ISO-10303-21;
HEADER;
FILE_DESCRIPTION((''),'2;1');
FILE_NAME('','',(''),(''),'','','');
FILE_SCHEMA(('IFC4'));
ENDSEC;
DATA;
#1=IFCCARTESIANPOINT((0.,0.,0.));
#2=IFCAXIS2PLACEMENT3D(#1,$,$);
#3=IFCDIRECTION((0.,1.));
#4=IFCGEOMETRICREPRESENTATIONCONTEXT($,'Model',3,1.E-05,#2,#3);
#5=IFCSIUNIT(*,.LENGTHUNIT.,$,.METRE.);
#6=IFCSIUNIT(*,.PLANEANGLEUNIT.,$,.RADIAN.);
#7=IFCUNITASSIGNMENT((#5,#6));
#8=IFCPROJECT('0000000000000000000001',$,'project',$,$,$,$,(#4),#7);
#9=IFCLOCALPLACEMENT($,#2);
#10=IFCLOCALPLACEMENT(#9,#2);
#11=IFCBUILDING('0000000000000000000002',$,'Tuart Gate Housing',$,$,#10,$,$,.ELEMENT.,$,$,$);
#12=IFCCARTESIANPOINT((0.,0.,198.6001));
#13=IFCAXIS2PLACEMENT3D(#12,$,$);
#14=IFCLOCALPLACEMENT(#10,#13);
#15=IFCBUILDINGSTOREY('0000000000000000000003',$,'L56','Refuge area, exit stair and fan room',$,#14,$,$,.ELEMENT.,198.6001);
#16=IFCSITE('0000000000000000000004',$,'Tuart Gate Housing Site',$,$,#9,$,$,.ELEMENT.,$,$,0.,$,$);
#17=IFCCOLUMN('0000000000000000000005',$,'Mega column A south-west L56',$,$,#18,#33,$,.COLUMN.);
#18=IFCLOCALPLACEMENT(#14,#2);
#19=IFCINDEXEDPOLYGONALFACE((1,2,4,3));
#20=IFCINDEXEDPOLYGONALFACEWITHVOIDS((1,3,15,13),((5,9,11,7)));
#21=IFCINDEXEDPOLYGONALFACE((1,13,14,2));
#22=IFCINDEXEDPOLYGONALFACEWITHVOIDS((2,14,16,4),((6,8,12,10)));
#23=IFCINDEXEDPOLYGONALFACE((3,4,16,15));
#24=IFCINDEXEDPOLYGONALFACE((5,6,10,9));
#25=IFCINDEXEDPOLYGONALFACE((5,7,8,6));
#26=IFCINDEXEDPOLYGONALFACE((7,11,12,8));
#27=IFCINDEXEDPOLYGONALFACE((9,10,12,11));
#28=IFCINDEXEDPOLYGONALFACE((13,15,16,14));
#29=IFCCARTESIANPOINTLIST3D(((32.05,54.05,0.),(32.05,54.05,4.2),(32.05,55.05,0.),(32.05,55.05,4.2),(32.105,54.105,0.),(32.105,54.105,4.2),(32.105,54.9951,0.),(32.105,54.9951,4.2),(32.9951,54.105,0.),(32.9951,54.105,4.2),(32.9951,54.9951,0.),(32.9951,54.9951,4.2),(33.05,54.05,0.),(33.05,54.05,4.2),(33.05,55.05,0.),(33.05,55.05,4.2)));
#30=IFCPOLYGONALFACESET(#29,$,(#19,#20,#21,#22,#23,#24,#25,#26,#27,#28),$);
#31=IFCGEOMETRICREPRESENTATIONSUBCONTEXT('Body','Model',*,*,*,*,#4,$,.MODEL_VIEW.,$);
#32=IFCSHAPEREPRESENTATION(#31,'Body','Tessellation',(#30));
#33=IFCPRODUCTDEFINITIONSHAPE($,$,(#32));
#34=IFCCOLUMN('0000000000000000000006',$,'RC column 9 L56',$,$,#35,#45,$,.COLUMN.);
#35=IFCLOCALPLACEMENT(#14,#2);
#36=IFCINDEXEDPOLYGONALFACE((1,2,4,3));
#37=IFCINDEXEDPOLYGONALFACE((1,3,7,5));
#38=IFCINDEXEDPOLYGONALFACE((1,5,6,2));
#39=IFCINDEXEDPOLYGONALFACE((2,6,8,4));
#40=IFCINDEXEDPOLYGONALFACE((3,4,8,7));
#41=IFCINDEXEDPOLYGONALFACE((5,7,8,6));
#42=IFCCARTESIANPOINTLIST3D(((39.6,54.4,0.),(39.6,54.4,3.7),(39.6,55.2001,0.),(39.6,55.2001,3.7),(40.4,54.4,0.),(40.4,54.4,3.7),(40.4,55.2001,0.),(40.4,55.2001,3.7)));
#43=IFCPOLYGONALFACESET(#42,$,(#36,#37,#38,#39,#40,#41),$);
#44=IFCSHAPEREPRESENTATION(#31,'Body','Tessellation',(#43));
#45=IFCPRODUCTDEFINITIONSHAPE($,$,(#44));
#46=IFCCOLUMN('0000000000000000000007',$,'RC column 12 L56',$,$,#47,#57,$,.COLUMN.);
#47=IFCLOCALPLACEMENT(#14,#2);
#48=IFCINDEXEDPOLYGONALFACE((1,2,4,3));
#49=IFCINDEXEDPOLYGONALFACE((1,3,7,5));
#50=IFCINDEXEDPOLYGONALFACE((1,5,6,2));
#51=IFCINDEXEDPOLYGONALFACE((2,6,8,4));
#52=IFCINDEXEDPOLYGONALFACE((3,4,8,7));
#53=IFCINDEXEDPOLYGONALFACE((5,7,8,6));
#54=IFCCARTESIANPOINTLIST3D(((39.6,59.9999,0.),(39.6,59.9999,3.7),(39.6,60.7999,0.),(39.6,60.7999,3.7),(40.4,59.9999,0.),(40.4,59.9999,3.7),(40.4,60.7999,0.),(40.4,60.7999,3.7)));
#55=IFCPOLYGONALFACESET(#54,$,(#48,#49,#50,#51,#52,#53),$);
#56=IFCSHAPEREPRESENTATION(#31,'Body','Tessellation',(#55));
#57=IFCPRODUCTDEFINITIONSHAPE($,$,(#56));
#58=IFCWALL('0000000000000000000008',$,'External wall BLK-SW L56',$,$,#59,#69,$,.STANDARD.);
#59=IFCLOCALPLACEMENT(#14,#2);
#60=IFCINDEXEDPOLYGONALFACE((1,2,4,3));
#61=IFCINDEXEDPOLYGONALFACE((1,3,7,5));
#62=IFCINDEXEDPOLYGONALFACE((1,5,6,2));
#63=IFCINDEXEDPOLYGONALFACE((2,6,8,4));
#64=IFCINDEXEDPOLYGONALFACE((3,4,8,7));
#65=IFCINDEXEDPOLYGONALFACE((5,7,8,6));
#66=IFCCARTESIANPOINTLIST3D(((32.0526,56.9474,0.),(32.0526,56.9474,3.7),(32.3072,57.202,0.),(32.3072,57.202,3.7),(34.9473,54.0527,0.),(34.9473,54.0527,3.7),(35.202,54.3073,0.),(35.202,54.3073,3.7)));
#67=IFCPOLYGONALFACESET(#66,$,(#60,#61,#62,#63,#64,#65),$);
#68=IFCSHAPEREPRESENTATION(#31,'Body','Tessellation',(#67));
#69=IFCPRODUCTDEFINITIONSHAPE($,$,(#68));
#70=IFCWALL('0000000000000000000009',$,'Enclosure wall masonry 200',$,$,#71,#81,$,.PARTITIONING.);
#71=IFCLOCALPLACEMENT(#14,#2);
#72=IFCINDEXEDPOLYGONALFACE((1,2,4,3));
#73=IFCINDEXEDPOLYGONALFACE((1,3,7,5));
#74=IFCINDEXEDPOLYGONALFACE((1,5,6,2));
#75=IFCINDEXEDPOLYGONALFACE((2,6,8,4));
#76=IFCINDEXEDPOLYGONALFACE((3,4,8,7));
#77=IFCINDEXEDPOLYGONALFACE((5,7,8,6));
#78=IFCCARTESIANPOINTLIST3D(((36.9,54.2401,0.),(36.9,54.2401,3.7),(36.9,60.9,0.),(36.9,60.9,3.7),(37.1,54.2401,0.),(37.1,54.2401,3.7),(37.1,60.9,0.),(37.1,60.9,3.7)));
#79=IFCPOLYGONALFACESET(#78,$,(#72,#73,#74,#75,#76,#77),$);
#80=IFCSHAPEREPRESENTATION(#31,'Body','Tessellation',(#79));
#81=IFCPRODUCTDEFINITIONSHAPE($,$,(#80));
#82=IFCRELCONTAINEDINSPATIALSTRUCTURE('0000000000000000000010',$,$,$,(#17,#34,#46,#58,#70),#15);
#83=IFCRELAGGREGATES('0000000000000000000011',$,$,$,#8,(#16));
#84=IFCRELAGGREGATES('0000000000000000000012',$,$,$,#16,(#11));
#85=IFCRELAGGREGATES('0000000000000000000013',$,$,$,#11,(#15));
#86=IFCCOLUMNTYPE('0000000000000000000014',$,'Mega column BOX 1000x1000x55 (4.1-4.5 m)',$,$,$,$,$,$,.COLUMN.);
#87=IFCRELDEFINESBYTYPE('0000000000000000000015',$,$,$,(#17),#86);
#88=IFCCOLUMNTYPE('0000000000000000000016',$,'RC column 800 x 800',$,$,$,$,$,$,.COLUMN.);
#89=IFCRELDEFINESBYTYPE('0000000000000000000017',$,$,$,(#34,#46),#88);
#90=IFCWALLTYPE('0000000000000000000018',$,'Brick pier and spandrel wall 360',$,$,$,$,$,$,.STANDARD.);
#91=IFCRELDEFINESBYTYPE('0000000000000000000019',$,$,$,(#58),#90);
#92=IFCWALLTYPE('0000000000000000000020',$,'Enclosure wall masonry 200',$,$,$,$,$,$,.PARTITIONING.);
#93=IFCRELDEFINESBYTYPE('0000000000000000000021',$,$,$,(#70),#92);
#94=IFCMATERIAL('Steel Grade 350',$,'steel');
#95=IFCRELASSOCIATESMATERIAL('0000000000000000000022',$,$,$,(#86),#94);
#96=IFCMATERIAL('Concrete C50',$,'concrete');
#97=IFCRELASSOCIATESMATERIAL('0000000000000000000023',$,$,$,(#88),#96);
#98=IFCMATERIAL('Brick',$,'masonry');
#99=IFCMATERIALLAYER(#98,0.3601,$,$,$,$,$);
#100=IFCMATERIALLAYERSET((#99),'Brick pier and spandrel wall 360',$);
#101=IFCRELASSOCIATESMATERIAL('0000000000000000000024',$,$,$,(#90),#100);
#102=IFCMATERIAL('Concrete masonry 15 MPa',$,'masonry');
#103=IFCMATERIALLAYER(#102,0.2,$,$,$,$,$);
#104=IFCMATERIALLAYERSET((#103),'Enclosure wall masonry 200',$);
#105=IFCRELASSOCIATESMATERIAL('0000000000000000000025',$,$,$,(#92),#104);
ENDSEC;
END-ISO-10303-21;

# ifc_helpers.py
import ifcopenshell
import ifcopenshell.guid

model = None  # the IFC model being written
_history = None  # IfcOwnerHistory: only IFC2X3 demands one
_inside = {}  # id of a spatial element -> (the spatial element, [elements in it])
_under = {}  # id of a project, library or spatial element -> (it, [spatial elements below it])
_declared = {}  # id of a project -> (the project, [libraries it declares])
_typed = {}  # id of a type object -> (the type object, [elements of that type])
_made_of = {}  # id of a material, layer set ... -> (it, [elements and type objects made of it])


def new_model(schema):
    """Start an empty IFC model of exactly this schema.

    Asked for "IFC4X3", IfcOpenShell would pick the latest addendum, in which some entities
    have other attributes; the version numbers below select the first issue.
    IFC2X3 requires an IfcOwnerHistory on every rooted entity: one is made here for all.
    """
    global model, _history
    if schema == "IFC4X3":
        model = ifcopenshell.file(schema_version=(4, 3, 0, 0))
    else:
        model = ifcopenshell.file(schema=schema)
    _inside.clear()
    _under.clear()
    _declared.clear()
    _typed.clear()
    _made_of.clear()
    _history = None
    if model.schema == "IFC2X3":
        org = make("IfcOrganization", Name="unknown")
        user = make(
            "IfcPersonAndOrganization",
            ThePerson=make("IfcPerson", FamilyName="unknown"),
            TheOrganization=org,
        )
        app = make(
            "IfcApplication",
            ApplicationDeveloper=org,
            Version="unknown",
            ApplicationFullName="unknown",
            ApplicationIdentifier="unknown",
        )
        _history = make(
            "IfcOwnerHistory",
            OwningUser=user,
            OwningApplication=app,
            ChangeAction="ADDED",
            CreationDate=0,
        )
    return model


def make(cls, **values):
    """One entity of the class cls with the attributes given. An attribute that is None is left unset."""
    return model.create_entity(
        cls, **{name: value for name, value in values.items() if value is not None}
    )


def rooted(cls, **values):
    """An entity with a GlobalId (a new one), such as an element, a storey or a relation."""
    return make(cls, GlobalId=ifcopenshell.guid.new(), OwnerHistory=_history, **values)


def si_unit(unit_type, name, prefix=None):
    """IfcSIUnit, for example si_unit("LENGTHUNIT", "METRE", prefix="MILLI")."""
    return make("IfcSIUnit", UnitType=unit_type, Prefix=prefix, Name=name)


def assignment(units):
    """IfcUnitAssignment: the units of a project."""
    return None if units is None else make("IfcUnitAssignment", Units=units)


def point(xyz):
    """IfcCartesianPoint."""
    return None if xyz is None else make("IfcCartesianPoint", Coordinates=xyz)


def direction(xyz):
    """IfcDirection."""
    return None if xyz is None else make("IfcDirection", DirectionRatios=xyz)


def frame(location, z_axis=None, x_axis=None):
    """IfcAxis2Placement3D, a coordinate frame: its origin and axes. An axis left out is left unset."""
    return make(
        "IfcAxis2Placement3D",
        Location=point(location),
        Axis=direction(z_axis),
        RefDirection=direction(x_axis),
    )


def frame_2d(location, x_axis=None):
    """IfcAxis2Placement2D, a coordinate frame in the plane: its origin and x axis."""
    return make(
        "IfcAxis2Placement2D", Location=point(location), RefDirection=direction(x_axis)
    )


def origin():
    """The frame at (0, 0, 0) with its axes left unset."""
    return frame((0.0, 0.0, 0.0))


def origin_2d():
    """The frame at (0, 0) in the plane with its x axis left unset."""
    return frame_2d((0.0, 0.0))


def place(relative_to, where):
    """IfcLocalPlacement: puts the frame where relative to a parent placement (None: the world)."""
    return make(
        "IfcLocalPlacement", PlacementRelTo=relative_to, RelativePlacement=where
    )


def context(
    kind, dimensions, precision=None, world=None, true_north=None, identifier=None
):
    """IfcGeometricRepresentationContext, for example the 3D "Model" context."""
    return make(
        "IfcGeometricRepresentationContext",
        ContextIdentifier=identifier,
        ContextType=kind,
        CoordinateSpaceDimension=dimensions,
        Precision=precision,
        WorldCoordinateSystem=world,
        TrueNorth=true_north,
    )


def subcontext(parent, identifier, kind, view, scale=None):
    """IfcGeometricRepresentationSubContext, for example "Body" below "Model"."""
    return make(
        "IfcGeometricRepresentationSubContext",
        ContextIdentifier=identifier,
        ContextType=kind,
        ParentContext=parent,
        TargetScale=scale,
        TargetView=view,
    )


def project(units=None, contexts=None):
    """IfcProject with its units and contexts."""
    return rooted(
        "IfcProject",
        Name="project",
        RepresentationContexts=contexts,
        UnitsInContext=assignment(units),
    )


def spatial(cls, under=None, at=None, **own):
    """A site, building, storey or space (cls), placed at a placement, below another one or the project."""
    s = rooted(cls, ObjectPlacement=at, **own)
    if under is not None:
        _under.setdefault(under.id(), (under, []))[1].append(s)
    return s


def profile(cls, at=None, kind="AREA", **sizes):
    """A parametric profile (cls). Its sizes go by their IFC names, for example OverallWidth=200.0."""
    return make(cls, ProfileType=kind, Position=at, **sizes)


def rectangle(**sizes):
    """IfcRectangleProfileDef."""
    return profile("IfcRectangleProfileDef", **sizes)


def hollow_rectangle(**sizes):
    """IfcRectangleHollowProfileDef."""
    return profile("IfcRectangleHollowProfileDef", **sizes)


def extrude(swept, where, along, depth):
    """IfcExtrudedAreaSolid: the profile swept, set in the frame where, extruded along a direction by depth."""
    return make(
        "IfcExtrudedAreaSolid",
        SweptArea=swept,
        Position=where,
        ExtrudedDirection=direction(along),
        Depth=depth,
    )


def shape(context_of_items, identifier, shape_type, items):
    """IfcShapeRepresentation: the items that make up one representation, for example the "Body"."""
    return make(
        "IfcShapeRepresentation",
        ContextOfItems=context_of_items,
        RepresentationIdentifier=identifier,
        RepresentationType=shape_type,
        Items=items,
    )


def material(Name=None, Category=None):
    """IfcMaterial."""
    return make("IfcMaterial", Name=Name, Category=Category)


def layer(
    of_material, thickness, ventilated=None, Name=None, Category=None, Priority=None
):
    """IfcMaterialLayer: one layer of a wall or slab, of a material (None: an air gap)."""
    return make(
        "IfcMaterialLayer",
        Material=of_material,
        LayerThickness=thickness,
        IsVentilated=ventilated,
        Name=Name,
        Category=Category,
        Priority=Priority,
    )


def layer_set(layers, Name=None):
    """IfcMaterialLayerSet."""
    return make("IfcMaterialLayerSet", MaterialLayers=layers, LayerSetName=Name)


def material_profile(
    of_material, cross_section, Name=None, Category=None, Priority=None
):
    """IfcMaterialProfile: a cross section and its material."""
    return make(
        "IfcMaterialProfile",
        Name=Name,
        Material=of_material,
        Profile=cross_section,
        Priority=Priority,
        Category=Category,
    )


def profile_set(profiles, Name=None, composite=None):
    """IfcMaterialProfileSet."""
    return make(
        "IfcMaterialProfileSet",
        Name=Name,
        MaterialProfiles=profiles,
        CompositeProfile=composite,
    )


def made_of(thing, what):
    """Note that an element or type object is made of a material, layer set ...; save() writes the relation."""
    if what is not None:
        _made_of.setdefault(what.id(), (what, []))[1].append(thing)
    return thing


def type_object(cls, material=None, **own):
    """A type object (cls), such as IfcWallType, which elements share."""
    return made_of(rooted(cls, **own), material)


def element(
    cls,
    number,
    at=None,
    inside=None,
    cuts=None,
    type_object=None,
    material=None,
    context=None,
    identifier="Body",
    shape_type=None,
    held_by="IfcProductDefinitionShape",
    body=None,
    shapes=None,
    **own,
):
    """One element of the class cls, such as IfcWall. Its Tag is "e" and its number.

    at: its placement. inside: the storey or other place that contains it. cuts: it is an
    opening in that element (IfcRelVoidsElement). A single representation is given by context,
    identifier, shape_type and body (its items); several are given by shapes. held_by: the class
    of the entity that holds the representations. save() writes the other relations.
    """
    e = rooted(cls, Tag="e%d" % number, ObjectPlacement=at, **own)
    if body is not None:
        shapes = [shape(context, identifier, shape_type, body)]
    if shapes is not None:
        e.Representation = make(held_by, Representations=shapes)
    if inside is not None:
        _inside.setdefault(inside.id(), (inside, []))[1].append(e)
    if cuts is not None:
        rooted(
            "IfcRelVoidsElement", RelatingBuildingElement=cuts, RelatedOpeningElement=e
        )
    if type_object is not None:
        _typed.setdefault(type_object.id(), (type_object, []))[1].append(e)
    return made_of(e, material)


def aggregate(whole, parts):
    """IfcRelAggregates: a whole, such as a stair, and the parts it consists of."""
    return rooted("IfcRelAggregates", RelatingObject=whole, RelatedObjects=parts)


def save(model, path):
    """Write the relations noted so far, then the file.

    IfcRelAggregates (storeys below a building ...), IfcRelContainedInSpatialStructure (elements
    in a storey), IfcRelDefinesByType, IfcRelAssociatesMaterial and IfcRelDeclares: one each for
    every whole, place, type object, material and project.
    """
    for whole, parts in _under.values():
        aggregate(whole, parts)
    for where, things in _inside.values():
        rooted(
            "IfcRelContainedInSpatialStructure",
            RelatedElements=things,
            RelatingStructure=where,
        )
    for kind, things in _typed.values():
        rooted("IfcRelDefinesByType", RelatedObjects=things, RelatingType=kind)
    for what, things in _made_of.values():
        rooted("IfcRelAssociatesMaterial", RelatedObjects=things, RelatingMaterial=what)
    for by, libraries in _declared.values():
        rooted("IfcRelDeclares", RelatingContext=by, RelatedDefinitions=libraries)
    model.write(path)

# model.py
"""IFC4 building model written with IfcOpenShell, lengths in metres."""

from ifc_helpers import new_model, si_unit, direction, frame, frame_2d, origin, origin_2d, place, context, subcontext, project, spatial, rectangle, hollow_rectangle, extrude, material, layer, layer_set, material_profile, profile_set, type_object, element, save


model = new_model("IFC4")

# Units and contexts
model_context = context("Model", 3, precision=1e-05, world=origin(), true_north=direction((0.0, 1.0)))
body_context = subcontext(model_context, "Body", "Model", "MODEL_VIEW")
ifc_project = project(units=[si_unit("LENGTHUNIT", "METRE"), si_unit("PLANEANGLEUNIT", "RADIAN")], contexts=[model_context])

# Site, building, storey
site_placement = place(None, origin())
site = spatial("IfcSite", under=ifc_project, at=site_placement, Name="Tuart Gate Housing Site", CompositionType="ELEMENT", RefElevation=0.0)
building_placement = place(site_placement, origin())
building = spatial("IfcBuilding", under=site, at=building_placement, Name="Tuart Gate Housing", CompositionType="ELEMENT")
storey_placement = place(building_placement, frame((0.0, 0.0, 198.6001)))
storey = spatial("IfcBuildingStorey", under=building, at=storey_placement, Name="L56", Description="Refuge area, exit stair and fan room", CompositionType="ELEMENT", Elevation=198.6001)

# Columns
ifc_material_1 = material(Name="Steel Grade 350", Category="steel")
ifc_material_profile_1 = material_profile(ifc_material_1, hollow_rectangle(XDim=1.0, YDim=1.0, WallThickness=0.0549, at=origin_2d()), Name="BOX 1000x1000x55")
ifc_profile_set_1 = profile_set([ifc_material_profile_1], Name="Steel Grade 350")
column_type_1 = type_object("IfcColumnType", Name="Mega column BOX 1000x1000x55 (4.1-4.5 m)", PredefinedType="COLUMN", material=ifc_profile_set_1)
column_placement = place(storey_placement, frame((32.55, 54.55, 0.0), z_axis=(0.0, 0.0, 1.0), x_axis=(1.0, 0.0, 0.0)))
element("IfcColumn", 1, at=column_placement, inside=storey, type_object=column_type_1, Name="Mega column A south-west L56", PredefinedType="COLUMN", context=body_context, shape_type="SweptSolid", body=[
    extrude(hollow_rectangle(XDim=1.0, YDim=1.0, WallThickness=0.0549, at=origin_2d()), origin(), (0.0, 0.0, 1.0), 4.2),
])
ifc_material_2 = material(Name="Concrete C50", Category="concrete")
ifc_material_profile_2 = material_profile(ifc_material_2, rectangle(XDim=0.8, YDim=0.8, at=origin_2d()), Name="RC column 800 x 800")
ifc_profile_set_2 = profile_set([ifc_material_profile_2], Name="Concrete C50")
column_type_2 = type_object("IfcColumnType", Name="RC column 800 x 800", PredefinedType="COLUMN", material=ifc_profile_set_2)
for number, where, z_axis, x_axis, name in (
    (2, (40.0, 54.8, 0.0), (0.0, 0.0, 1.0), (1.0, 0.0, 0.0), "RC column 9 L56"),
    (3, (40.0, 60.3999, 0.0), (0.0, 0.0, 1.0), (1.0, 0.0, 0.0), "RC column 12 L56"),
):
    element("IfcColumn", number, at=place(storey_placement, frame(where, z_axis=z_axis, x_axis=x_axis)), inside=storey, type_object=column_type_2, Name=name, PredefinedType="COLUMN", context=body_context, shape_type="SweptSolid", body=[
        extrude(rectangle(XDim=0.8, YDim=0.8, at=origin_2d()), origin(), (0.0, 0.0, 1.0), 3.7),
    ])

# Wall
ifc_material_3 = material(Name="Brick", Category="masonry")
ifc_layer_1 = layer(ifc_material_3, 0.3601)
ifc_layer_set_1 = layer_set([ifc_layer_1], Name="Brick pier and spandrel wall 360")
wall_type_1 = type_object("IfcWallType", Name="Brick pier and spandrel wall 360", PredefinedType="STANDARD", material=ifc_layer_set_1)
wall_1_placement = place(storey_placement, frame((32.1799, 57.0747, 0.0), z_axis=(0.0, 0.0, 1.0), x_axis=(0.707107, -0.707107, 0.0)))
element("IfcWall", 4, at=wall_1_placement, inside=storey, type_object=wall_type_1, Name="External wall BLK-SW L56", PredefinedType="STANDARD", context=body_context, shape_type="SweptSolid", body=[
    extrude(rectangle(XDim=4.0938, YDim=0.3601, at=frame_2d((2.0469, 0.0))), origin(), (0.0, 0.0, 1.0), 3.7),
])

# Wall
ifc_material_4 = material(Name="Concrete masonry 15 MPa", Category="masonry")
ifc_layer_2 = layer(ifc_material_4, 0.2)
ifc_layer_set_2 = layer_set([ifc_layer_2], Name="Enclosure wall masonry 200")
wall_type_2 = type_object("IfcWallType", Name="Enclosure wall masonry 200", PredefinedType="PARTITIONING", material=ifc_layer_set_2)
wall_2_placement = place(storey_placement, frame((37.0, 54.24, 0.0), z_axis=(0.0, 0.0, 1.0), x_axis=(0.0, 1.0, 0.0)))
element("IfcWall", 5, at=wall_2_placement, inside=storey, type_object=wall_type_2, Name="Enclosure wall masonry 200", PredefinedType="PARTITIONING", context=body_context, shape_type="SweptSolid", body=[
    extrude(rectangle(XDim=6.6599, YDim=0.2, at=frame_2d((3.3301, 0.0))), origin(), (0.0, 0.0, 1.0), 3.7),
])

save(model, "model.ifc")
